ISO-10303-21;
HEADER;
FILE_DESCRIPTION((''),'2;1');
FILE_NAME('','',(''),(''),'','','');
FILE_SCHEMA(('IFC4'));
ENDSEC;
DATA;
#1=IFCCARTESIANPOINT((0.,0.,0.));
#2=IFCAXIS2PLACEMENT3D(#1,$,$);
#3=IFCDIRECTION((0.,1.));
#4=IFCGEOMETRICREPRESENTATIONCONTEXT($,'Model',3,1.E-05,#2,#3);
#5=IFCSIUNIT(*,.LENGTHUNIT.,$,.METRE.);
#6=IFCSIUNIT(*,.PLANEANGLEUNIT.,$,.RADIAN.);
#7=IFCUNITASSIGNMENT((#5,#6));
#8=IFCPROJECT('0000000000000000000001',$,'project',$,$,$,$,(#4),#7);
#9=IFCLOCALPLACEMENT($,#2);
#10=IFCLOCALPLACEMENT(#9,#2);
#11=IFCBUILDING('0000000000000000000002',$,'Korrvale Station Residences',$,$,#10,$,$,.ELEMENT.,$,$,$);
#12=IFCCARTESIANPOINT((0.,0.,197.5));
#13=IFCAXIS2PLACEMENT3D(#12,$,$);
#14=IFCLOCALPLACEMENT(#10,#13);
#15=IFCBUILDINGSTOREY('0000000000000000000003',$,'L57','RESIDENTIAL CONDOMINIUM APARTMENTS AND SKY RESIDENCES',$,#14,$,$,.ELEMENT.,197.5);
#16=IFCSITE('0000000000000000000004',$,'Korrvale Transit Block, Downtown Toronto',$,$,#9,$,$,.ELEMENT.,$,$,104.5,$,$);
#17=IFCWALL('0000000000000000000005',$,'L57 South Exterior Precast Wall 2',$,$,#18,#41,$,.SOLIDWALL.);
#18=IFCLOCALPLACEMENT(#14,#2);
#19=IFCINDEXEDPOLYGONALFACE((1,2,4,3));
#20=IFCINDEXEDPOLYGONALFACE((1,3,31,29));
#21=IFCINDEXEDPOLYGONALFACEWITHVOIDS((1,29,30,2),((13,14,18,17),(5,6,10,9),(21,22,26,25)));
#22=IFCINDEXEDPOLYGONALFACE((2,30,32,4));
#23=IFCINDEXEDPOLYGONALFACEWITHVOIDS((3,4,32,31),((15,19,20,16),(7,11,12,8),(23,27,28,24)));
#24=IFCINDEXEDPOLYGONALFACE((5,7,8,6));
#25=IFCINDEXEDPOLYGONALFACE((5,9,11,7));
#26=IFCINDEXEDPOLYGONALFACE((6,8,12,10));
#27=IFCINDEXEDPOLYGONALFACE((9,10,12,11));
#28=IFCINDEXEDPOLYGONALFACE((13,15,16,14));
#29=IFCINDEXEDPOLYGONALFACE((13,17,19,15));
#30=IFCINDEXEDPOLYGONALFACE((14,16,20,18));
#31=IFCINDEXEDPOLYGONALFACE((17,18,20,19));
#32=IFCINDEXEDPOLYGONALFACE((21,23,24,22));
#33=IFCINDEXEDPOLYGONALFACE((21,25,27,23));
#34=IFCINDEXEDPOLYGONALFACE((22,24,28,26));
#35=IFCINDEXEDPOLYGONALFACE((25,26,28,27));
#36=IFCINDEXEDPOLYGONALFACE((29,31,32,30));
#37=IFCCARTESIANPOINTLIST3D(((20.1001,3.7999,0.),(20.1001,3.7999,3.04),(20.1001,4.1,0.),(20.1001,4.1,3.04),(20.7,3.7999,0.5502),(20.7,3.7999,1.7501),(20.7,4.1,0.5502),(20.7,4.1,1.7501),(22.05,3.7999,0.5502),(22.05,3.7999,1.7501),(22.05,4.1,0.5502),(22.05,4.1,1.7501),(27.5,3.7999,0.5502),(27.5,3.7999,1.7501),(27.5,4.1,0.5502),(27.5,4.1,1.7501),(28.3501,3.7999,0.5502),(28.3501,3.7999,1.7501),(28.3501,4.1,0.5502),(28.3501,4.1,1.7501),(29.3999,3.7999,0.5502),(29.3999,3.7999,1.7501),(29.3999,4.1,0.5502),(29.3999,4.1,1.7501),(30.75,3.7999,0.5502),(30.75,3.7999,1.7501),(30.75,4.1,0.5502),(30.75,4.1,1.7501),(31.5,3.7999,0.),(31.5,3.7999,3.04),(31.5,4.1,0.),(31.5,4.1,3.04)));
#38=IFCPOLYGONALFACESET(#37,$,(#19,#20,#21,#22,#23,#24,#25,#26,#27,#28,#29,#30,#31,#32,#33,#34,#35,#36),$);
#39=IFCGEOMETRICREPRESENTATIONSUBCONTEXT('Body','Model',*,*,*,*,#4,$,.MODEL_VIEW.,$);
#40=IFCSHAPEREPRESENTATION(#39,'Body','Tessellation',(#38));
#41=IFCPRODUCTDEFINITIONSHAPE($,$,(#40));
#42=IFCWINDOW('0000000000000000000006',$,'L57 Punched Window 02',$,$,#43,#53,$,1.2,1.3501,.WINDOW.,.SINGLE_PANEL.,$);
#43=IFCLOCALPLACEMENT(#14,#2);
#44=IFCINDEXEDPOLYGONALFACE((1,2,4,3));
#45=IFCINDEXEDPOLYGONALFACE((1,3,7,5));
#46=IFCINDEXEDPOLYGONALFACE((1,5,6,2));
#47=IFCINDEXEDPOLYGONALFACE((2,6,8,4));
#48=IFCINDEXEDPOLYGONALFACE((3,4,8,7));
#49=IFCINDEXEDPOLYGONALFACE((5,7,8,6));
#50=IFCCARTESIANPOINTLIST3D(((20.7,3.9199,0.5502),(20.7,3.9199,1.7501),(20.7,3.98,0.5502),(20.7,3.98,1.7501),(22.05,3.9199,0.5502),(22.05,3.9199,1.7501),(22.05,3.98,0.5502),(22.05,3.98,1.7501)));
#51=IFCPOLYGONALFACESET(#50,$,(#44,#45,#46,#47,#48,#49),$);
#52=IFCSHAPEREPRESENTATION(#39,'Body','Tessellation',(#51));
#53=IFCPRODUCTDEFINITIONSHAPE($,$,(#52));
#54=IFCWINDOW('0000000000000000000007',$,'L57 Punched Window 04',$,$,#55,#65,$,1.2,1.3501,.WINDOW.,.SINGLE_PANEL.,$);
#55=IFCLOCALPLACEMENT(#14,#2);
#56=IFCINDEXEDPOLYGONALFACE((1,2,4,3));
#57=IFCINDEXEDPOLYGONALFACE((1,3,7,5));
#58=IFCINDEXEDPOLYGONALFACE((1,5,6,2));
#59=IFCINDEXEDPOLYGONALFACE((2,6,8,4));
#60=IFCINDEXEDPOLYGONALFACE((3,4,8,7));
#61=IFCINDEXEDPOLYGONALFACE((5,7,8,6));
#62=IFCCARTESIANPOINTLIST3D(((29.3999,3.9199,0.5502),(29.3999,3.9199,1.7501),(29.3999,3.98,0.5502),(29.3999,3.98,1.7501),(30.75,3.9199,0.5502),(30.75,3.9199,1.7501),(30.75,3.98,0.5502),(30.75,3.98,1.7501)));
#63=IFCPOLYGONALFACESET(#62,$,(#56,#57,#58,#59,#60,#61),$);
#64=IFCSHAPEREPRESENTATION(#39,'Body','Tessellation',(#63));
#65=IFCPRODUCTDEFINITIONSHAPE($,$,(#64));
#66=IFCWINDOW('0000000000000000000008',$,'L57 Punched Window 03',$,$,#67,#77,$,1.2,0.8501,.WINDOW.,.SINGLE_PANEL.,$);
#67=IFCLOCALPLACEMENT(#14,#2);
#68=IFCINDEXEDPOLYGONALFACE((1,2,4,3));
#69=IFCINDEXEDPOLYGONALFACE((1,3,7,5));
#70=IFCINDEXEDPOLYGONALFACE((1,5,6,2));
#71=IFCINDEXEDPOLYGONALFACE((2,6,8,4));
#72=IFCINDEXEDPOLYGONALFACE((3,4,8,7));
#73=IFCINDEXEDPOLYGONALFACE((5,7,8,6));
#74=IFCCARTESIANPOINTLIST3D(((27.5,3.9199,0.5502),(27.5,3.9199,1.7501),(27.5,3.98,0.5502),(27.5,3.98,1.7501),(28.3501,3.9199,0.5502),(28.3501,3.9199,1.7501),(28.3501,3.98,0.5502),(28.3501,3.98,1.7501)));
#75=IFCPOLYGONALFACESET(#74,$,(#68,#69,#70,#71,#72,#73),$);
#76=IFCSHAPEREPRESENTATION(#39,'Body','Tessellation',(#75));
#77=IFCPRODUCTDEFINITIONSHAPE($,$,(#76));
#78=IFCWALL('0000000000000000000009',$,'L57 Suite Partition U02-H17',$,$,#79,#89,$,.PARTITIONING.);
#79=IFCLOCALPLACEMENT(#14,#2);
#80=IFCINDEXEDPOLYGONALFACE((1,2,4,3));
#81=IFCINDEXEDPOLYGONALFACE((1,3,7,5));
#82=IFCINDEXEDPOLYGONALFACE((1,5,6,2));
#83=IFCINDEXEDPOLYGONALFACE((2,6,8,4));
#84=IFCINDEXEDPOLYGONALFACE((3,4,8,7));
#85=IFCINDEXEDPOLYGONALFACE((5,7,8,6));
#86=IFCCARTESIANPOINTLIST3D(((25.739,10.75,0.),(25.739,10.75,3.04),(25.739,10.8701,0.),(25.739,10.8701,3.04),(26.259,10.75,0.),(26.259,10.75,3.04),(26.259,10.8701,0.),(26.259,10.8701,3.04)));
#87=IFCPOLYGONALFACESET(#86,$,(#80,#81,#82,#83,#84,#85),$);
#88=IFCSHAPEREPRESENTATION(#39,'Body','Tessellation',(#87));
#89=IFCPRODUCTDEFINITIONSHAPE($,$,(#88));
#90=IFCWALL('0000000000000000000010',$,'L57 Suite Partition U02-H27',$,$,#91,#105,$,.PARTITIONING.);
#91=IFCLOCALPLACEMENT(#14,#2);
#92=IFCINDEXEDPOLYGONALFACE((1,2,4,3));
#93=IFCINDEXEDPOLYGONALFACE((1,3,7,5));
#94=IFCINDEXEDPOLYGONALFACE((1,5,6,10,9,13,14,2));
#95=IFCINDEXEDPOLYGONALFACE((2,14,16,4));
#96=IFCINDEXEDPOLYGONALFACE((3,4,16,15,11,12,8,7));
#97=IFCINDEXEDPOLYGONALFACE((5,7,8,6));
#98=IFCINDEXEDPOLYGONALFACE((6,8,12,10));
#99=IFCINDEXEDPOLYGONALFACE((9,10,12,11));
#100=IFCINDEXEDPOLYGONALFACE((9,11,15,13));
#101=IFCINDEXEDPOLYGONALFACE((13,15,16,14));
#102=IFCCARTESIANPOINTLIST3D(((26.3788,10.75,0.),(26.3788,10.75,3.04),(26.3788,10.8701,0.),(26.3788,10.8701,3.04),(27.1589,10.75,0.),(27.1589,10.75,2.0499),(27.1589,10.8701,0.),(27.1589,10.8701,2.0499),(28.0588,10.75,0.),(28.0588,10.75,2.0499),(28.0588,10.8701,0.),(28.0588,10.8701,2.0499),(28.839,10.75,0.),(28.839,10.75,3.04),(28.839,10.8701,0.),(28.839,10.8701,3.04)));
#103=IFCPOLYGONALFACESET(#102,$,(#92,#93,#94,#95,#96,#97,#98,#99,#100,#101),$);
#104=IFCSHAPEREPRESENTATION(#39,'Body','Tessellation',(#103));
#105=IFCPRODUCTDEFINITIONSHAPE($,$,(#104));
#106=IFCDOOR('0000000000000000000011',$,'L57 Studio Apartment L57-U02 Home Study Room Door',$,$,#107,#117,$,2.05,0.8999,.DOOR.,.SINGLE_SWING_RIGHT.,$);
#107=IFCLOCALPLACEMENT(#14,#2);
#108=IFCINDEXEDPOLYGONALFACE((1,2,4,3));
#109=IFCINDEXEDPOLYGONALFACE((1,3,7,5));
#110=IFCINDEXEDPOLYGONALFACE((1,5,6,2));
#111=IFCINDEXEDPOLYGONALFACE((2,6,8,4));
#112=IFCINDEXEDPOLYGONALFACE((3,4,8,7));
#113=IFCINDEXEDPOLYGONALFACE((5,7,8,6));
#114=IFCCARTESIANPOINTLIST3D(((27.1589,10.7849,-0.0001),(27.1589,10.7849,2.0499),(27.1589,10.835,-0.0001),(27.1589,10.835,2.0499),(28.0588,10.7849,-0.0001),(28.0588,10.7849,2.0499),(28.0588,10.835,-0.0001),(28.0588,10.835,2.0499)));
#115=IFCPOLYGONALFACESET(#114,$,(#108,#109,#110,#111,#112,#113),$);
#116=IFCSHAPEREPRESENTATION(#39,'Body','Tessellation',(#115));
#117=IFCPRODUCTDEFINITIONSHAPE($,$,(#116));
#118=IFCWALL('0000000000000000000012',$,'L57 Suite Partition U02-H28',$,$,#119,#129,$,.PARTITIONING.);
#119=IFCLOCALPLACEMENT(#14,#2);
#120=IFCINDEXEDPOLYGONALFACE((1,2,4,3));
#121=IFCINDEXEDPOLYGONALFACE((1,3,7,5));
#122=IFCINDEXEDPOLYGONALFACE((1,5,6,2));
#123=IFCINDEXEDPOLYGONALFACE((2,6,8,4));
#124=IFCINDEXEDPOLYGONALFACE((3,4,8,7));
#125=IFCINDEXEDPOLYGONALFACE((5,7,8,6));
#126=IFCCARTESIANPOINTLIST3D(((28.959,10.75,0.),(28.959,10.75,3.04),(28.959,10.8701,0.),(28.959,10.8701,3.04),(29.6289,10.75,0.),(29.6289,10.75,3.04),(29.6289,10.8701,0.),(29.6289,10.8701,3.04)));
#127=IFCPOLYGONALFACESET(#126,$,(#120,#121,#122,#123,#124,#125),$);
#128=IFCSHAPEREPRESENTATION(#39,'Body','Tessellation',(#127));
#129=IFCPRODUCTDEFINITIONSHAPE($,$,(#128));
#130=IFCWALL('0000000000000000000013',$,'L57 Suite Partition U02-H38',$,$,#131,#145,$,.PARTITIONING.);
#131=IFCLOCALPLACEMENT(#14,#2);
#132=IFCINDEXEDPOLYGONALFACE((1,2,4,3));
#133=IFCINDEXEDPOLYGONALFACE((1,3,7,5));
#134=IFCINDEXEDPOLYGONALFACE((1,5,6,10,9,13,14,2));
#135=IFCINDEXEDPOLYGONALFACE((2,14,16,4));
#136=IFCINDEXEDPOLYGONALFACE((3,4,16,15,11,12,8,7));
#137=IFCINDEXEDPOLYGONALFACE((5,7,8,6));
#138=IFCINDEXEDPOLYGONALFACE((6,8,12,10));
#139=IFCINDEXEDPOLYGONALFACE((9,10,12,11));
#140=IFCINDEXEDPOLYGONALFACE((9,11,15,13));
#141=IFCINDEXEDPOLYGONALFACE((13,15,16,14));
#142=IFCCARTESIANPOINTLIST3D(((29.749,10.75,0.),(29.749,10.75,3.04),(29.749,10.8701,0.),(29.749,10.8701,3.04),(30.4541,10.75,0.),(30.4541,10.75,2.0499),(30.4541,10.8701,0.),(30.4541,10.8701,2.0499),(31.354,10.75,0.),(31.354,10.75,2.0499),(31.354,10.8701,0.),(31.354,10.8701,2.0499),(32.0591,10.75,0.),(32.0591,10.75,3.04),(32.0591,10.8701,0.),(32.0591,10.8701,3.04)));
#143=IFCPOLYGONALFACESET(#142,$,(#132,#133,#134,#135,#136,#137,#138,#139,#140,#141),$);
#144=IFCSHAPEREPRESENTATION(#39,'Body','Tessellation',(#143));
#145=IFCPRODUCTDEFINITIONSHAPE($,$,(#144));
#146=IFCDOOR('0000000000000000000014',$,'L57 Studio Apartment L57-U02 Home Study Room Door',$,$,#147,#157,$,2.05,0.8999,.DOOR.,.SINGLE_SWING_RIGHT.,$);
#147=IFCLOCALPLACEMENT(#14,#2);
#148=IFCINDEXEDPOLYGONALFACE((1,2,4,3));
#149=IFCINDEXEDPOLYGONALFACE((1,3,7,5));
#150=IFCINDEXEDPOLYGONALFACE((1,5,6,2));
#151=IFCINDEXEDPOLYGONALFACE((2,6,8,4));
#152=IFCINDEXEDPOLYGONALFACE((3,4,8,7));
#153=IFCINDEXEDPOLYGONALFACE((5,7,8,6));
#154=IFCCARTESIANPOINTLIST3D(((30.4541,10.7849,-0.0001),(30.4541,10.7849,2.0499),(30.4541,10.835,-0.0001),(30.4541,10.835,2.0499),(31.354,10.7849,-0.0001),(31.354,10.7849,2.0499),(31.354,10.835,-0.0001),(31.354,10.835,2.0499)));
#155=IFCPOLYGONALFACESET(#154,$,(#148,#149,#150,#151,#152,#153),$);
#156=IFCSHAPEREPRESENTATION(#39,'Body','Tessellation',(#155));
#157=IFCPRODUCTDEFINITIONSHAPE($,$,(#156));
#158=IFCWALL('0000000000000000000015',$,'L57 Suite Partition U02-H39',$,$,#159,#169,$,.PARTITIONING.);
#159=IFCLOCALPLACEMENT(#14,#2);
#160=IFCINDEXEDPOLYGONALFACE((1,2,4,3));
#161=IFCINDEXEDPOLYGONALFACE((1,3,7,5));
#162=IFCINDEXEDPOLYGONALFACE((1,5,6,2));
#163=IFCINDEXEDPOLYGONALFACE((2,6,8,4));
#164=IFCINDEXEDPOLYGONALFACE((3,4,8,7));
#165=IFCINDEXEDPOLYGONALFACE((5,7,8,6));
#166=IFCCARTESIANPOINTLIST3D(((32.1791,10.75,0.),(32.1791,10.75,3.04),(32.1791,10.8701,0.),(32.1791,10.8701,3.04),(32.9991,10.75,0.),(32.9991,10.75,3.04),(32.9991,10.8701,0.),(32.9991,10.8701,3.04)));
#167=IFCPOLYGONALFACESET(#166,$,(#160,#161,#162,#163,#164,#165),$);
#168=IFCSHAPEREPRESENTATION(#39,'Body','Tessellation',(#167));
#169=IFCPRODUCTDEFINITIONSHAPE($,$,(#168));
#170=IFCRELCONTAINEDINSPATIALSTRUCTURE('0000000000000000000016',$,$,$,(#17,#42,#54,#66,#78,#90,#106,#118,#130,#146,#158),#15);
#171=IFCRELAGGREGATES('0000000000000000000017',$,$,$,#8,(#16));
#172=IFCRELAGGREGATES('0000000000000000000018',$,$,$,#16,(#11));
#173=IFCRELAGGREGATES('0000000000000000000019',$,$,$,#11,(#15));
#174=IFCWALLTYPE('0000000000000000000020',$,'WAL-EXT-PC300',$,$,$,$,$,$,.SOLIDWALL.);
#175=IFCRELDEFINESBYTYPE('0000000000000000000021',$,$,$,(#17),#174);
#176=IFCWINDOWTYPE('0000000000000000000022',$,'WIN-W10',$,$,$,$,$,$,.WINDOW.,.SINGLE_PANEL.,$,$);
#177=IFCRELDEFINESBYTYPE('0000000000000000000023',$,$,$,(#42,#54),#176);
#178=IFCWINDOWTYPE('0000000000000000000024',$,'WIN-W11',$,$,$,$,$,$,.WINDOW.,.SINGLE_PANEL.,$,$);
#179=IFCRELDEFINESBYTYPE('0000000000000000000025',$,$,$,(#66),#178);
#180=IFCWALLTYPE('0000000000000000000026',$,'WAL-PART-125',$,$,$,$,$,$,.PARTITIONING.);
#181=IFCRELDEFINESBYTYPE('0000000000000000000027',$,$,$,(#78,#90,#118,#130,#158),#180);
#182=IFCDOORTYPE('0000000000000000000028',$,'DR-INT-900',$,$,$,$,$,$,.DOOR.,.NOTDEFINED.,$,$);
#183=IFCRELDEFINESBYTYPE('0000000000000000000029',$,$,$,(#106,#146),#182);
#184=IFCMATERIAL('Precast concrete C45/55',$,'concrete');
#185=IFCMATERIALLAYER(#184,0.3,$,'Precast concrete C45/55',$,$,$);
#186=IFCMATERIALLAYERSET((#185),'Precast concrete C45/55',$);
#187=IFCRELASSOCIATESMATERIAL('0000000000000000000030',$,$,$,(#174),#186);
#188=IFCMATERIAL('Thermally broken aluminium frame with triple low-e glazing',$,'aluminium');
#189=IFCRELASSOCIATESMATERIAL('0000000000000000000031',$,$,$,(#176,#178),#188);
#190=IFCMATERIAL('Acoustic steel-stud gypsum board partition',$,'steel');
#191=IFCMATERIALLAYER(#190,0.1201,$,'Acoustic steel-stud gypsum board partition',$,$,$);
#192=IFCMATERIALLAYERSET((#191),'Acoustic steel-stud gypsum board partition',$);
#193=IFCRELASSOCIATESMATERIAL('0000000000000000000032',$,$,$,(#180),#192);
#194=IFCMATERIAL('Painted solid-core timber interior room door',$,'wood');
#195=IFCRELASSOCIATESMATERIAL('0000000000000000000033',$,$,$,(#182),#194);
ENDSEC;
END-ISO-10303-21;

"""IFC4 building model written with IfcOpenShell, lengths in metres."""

from ifc_helpers import new_model, si_unit, direction, frame, frame_2d, origin, place, context, subcontext, project, spatial, rectangle, extrude, material, layer, layer_set, type_object, element, fill, save


model = new_model("IFC4")

# Units and contexts
model_context = context("Model", 3, precision=1e-05, world=origin(), true_north=direction((0.0, 1.0)))
body_context = subcontext(model_context, "Body", "Model", "MODEL_VIEW")
ifc_project = project(units=[si_unit("LENGTHUNIT", "METRE"), si_unit("PLANEANGLEUNIT", "RADIAN")], contexts=[model_context])

# Site, building, storey
site_placement = place(None, origin())
site = spatial("IfcSite", under=ifc_project, at=site_placement, Name="Korrvale Transit Block, Downtown Toronto", CompositionType="ELEMENT", RefElevation=104.5)
building_placement = place(site_placement, origin())
building = spatial("IfcBuilding", under=site, at=building_placement, Name="Korrvale Station Residences", CompositionType="ELEMENT")
storey_placement = place(building_placement, frame((0.0, 0.0, 197.5)))
storey = spatial("IfcBuildingStorey", under=building, at=storey_placement, Name="L57", Description="RESIDENTIAL CONDOMINIUM APARTMENTS AND SKY RESIDENCES", CompositionType="ELEMENT", Elevation=197.5)

# Shared definitions
ifc_material_1 = material(Name="Precast concrete C45/55", Category="concrete")

# Wall, openings, windows
ifc_layer_1 = layer(ifc_material_1, 0.3, Name="Precast concrete C45/55")
ifc_layer_set_1 = layer_set([ifc_layer_1], Name="Precast concrete C45/55")
wall_type_1 = type_object("IfcWallType", Name="WAL-EXT-PC300", PredefinedType="SOLIDWALL", material=ifc_layer_set_1)
wall_1_placement = place(storey_placement, frame((31.5, 3.95, 0.0), z_axis=(0.0, 0.0, 1.0), x_axis=(-1.0, 0.0, 0.0)))
wall_1 = element("IfcWall", 1, at=wall_1_placement, inside=storey, type_object=wall_type_1, Name="L57 South Exterior Precast Wall 2", PredefinedType="SOLIDWALL", context=body_context, shape_type="SweptSolid", body=[
    extrude(rectangle(XDim=11.3999, YDim=0.3, at=frame_2d((5.7, 0.0))), origin(), (0.0, 0.0, 1.0), 3.04),
])
opening_1_placement = place(wall_1_placement, frame((9.45, 0.0, 0.55)))
opening_1 = element("IfcOpeningElement", 2, at=opening_1_placement, cuts=wall_1, PredefinedType="OPENING", context=body_context, shape_type="SweptSolid", body=[
    extrude(rectangle(XDim=1.3501, YDim=1.2, at=frame_2d((0.675, 0.6001))), frame((0.0, 0.1602, 0.0), z_axis=(0.0, -1.0, 0.0), x_axis=(1.0, 0.0, 0.0)), (0.0, 0.0, 1.0), 0.3201),
])
opening_2_placement = place(wall_1_placement, frame((3.1499, 0.0, 0.55)))
opening_2 = element("IfcOpeningElement", 3, at=opening_2_placement, cuts=wall_1, PredefinedType="OPENING", context=body_context, shape_type="SweptSolid", body=[
    extrude(rectangle(XDim=0.8501, YDim=1.2, at=frame_2d((0.425, 0.6001))), frame((0.0, 0.1602, 0.0), z_axis=(0.0, -1.0, 0.0), x_axis=(1.0, 0.0, 0.0)), (0.0, 0.0, 1.0), 0.3201),
])
opening_3_placement = place(wall_1_placement, frame((0.75, 0.0, 0.55)))
opening_3 = element("IfcOpeningElement", 4, at=opening_3_placement, cuts=wall_1, PredefinedType="OPENING", context=body_context, shape_type="SweptSolid", body=[
    extrude(rectangle(XDim=1.3501, YDim=1.2, at=frame_2d((0.675, 0.6001))), frame((0.0, 0.1602, 0.0), z_axis=(0.0, -1.0, 0.0), x_axis=(1.0, 0.0, 0.0)), (0.0, 0.0, 1.0), 0.3201),
])
ifc_material_2 = material(Name="Thermally broken aluminium frame with triple low-e glazing", Category="aluminium")
window_type_1 = type_object("IfcWindowType", Name="WIN-W10", PartitioningType="SINGLE_PANEL", PredefinedType="WINDOW", material=ifc_material_2)
window_1_placement = place(opening_1_placement, origin())
window_1 = element("IfcWindow", 5, at=window_1_placement, inside=storey, type_object=window_type_1, Name="L57 Punched Window 02", OverallHeight=1.2, OverallWidth=1.3501, PartitioningType="SINGLE_PANEL", PredefinedType="WINDOW", context=body_context, shape_type="SweptSolid", body=[
    extrude(rectangle(XDim=1.3501, YDim=1.2, at=frame_2d((0.675, 0.6001))), frame((0.0, 0.03, 0.0), z_axis=(0.0, -1.0, 0.0), x_axis=(1.0, 0.0, 0.0)), (0.0, 0.0, 1.0), 0.0601),
])
fill(opening_1, window_1)
window_2_placement = place(opening_3_placement, origin())
window_2 = element("IfcWindow", 6, at=window_2_placement, inside=storey, type_object=window_type_1, Name="L57 Punched Window 04", OverallHeight=1.2, OverallWidth=1.3501, PartitioningType="SINGLE_PANEL", PredefinedType="WINDOW", context=body_context, shape_type="SweptSolid", body=[
    extrude(rectangle(XDim=1.3501, YDim=1.2, at=frame_2d((0.675, 0.6001))), frame((0.0, 0.03, 0.0), z_axis=(0.0, -1.0, 0.0), x_axis=(1.0, 0.0, 0.0)), (0.0, 0.0, 1.0), 0.0601),
])
fill(opening_3, window_2)
window_type_2 = type_object("IfcWindowType", Name="WIN-W11", PartitioningType="SINGLE_PANEL", PredefinedType="WINDOW", material=ifc_material_2)
window_3_placement = place(opening_2_placement, origin())
window_3 = element("IfcWindow", 7, at=window_3_placement, inside=storey, type_object=window_type_2, Name="L57 Punched Window 03", OverallHeight=1.2, OverallWidth=0.8501, PartitioningType="SINGLE_PANEL", PredefinedType="WINDOW", context=body_context, shape_type="SweptSolid", body=[
    extrude(rectangle(XDim=0.8501, YDim=1.2, at=frame_2d((0.425, 0.6001))), frame((0.0, 0.03, 0.0), z_axis=(0.0, -1.0, 0.0), x_axis=(1.0, 0.0, 0.0)), (0.0, 0.0, 1.0), 0.0601),
])
fill(opening_2, window_3)

# Wall
ifc_material_3 = material(Name="Acoustic steel-stud gypsum board partition", Category="steel")
ifc_layer_2 = layer(ifc_material_3, 0.1201, Name="Acoustic steel-stud gypsum board partition")
ifc_layer_set_2 = layer_set([ifc_layer_2], Name="Acoustic steel-stud gypsum board partition")
wall_type_2 = type_object("IfcWallType", Name="WAL-PART-125", PredefinedType="PARTITIONING", material=ifc_layer_set_2)
wall_2_placement = place(storey_placement, frame((25.739, 10.8101, 0.0), z_axis=(0.0, 0.0, 1.0), x_axis=(1.0, 0.0, 0.0)))
element("IfcWall", 8, at=wall_2_placement, inside=storey, type_object=wall_type_2, Name="L57 Suite Partition U02-H17", PredefinedType="PARTITIONING", context=body_context, shape_type="SweptSolid", body=[
    extrude(rectangle(XDim=0.52, YDim=0.1201, at=frame_2d((0.26, 0.0))), origin(), (0.0, 0.0, 1.0), 3.04),
])

# Wall, opening, door
wall_3_placement = place(storey_placement, frame((26.3789, 10.8101, 0.0), z_axis=(0.0, 0.0, 1.0), x_axis=(1.0, 0.0, 0.0)))
wall_3 = element("IfcWall", 9, at=wall_3_placement, inside=storey, type_object=wall_type_2, Name="L57 Suite Partition U02-H27", PredefinedType="PARTITIONING", context=body_context, shape_type="SweptSolid", body=[
    extrude(rectangle(XDim=2.4602, YDim=0.1201, at=frame_2d((1.23, 0.0))), origin(), (0.0, 0.0, 1.0), 3.04),
])
opening_4_placement = place(wall_3_placement, frame((0.78, 0.0, 0.0)))
opening_4 = element("IfcOpeningElement", 10, at=opening_4_placement, cuts=wall_3, PredefinedType="OPENING", context=body_context, shape_type="SweptSolid", body=[
    extrude(rectangle(XDim=0.8999, YDim=2.05, at=frame_2d((0.45, 1.0249))), frame((0.0, 0.0701, 0.0), z_axis=(0.0, -1.0, 0.0), x_axis=(1.0, 0.0, 0.0)), (0.0, 0.0, 1.0), 0.1401),
])
ifc_material_4 = material(Name="Painted solid-core timber interior room door", Category="wood")
door_type = type_object("IfcDoorType", Name="DR-INT-900", OperationType="NOTDEFINED", PredefinedType="DOOR", material=ifc_material_4)
door_1_placement = place(opening_4_placement, origin())
door_1 = element("IfcDoor", 11, at=door_1_placement, inside=storey, type_object=door_type, Name="L57 Studio Apartment L57-U02 Home Study Room Door", OperationType="SINGLE_SWING_RIGHT", OverallHeight=2.05, OverallWidth=0.8999, PredefinedType="DOOR", context=body_context, shape_type="SweptSolid", body=[
    extrude(rectangle(XDim=0.8999, YDim=2.05, at=frame_2d((0.45, 1.0249))), frame((0.0, 0.0249, 0.0), z_axis=(0.0, -1.0, 0.0), x_axis=(1.0, 0.0, 0.0)), (0.0, 0.0, 1.0), 0.05),
])
fill(opening_4, door_1)

# Wall
wall_4_placement = place(storey_placement, frame((28.959, 10.8101, 0.0), z_axis=(0.0, 0.0, 1.0), x_axis=(1.0, 0.0, 0.0)))
element("IfcWall", 12, at=wall_4_placement, inside=storey, type_object=wall_type_2, Name="L57 Suite Partition U02-H28", PredefinedType="PARTITIONING", context=body_context, shape_type="SweptSolid", body=[
    extrude(rectangle(XDim=0.6699, YDim=0.1201, at=frame_2d((0.335, 0.0))), origin(), (0.0, 0.0, 1.0), 3.04),
])

# Wall, opening, door
wall_5_placement = place(storey_placement, frame((29.749, 10.8101, 0.0), z_axis=(0.0, 0.0, 1.0), x_axis=(1.0, 0.0, 0.0)))
wall_5 = element("IfcWall", 13, at=wall_5_placement, inside=storey, type_object=wall_type_2, Name="L57 Suite Partition U02-H38", PredefinedType="PARTITIONING", context=body_context, shape_type="SweptSolid", body=[
    extrude(rectangle(XDim=2.3101, YDim=0.1201, at=frame_2d((1.155, 0.0))), origin(), (0.0, 0.0, 1.0), 3.04),
])
opening_5_placement = place(wall_5_placement, frame((0.7051, 0.0, 0.0)))
opening_5 = element("IfcOpeningElement", 14, at=opening_5_placement, cuts=wall_5, PredefinedType="OPENING", context=body_context, shape_type="SweptSolid", body=[
    extrude(rectangle(XDim=0.8999, YDim=2.05, at=frame_2d((0.45, 1.0249))), frame((0.0, 0.0701, 0.0), z_axis=(0.0, -1.0, 0.0), x_axis=(1.0, 0.0, 0.0)), (0.0, 0.0, 1.0), 0.1401),
])
door_2_placement = place(opening_5_placement, origin())
door_2 = element("IfcDoor", 15, at=door_2_placement, inside=storey, type_object=door_type, Name="L57 Studio Apartment L57-U02 Home Study Room Door", OperationType="SINGLE_SWING_RIGHT", OverallHeight=2.05, OverallWidth=0.8999, PredefinedType="DOOR", context=body_context, shape_type="SweptSolid", body=[
    extrude(rectangle(XDim=0.8999, YDim=2.05, at=frame_2d((0.45, 1.0249))), frame((0.0, 0.0249, 0.0), z_axis=(0.0, -1.0, 0.0), x_axis=(1.0, 0.0, 0.0)), (0.0, 0.0, 1.0), 0.05),
])
fill(opening_5, door_2)

# Wall
wall_6_placement = place(storey_placement, frame((32.179, 10.8101, 0.0), z_axis=(0.0, 0.0, 1.0), x_axis=(1.0, 0.0, 0.0)))
element("IfcWall", 16, at=wall_6_placement, inside=storey, type_object=wall_type_2, Name="L57 Suite Partition U02-H39", PredefinedType="PARTITIONING", context=body_context, shape_type="SweptSolid", body=[
    extrude(rectangle(XDim=0.8201, YDim=0.1201, at=frame_2d((0.4102, 0.0))), origin(), (0.0, 0.0, 1.0), 3.04),
])

save(model, "model.ifc")
